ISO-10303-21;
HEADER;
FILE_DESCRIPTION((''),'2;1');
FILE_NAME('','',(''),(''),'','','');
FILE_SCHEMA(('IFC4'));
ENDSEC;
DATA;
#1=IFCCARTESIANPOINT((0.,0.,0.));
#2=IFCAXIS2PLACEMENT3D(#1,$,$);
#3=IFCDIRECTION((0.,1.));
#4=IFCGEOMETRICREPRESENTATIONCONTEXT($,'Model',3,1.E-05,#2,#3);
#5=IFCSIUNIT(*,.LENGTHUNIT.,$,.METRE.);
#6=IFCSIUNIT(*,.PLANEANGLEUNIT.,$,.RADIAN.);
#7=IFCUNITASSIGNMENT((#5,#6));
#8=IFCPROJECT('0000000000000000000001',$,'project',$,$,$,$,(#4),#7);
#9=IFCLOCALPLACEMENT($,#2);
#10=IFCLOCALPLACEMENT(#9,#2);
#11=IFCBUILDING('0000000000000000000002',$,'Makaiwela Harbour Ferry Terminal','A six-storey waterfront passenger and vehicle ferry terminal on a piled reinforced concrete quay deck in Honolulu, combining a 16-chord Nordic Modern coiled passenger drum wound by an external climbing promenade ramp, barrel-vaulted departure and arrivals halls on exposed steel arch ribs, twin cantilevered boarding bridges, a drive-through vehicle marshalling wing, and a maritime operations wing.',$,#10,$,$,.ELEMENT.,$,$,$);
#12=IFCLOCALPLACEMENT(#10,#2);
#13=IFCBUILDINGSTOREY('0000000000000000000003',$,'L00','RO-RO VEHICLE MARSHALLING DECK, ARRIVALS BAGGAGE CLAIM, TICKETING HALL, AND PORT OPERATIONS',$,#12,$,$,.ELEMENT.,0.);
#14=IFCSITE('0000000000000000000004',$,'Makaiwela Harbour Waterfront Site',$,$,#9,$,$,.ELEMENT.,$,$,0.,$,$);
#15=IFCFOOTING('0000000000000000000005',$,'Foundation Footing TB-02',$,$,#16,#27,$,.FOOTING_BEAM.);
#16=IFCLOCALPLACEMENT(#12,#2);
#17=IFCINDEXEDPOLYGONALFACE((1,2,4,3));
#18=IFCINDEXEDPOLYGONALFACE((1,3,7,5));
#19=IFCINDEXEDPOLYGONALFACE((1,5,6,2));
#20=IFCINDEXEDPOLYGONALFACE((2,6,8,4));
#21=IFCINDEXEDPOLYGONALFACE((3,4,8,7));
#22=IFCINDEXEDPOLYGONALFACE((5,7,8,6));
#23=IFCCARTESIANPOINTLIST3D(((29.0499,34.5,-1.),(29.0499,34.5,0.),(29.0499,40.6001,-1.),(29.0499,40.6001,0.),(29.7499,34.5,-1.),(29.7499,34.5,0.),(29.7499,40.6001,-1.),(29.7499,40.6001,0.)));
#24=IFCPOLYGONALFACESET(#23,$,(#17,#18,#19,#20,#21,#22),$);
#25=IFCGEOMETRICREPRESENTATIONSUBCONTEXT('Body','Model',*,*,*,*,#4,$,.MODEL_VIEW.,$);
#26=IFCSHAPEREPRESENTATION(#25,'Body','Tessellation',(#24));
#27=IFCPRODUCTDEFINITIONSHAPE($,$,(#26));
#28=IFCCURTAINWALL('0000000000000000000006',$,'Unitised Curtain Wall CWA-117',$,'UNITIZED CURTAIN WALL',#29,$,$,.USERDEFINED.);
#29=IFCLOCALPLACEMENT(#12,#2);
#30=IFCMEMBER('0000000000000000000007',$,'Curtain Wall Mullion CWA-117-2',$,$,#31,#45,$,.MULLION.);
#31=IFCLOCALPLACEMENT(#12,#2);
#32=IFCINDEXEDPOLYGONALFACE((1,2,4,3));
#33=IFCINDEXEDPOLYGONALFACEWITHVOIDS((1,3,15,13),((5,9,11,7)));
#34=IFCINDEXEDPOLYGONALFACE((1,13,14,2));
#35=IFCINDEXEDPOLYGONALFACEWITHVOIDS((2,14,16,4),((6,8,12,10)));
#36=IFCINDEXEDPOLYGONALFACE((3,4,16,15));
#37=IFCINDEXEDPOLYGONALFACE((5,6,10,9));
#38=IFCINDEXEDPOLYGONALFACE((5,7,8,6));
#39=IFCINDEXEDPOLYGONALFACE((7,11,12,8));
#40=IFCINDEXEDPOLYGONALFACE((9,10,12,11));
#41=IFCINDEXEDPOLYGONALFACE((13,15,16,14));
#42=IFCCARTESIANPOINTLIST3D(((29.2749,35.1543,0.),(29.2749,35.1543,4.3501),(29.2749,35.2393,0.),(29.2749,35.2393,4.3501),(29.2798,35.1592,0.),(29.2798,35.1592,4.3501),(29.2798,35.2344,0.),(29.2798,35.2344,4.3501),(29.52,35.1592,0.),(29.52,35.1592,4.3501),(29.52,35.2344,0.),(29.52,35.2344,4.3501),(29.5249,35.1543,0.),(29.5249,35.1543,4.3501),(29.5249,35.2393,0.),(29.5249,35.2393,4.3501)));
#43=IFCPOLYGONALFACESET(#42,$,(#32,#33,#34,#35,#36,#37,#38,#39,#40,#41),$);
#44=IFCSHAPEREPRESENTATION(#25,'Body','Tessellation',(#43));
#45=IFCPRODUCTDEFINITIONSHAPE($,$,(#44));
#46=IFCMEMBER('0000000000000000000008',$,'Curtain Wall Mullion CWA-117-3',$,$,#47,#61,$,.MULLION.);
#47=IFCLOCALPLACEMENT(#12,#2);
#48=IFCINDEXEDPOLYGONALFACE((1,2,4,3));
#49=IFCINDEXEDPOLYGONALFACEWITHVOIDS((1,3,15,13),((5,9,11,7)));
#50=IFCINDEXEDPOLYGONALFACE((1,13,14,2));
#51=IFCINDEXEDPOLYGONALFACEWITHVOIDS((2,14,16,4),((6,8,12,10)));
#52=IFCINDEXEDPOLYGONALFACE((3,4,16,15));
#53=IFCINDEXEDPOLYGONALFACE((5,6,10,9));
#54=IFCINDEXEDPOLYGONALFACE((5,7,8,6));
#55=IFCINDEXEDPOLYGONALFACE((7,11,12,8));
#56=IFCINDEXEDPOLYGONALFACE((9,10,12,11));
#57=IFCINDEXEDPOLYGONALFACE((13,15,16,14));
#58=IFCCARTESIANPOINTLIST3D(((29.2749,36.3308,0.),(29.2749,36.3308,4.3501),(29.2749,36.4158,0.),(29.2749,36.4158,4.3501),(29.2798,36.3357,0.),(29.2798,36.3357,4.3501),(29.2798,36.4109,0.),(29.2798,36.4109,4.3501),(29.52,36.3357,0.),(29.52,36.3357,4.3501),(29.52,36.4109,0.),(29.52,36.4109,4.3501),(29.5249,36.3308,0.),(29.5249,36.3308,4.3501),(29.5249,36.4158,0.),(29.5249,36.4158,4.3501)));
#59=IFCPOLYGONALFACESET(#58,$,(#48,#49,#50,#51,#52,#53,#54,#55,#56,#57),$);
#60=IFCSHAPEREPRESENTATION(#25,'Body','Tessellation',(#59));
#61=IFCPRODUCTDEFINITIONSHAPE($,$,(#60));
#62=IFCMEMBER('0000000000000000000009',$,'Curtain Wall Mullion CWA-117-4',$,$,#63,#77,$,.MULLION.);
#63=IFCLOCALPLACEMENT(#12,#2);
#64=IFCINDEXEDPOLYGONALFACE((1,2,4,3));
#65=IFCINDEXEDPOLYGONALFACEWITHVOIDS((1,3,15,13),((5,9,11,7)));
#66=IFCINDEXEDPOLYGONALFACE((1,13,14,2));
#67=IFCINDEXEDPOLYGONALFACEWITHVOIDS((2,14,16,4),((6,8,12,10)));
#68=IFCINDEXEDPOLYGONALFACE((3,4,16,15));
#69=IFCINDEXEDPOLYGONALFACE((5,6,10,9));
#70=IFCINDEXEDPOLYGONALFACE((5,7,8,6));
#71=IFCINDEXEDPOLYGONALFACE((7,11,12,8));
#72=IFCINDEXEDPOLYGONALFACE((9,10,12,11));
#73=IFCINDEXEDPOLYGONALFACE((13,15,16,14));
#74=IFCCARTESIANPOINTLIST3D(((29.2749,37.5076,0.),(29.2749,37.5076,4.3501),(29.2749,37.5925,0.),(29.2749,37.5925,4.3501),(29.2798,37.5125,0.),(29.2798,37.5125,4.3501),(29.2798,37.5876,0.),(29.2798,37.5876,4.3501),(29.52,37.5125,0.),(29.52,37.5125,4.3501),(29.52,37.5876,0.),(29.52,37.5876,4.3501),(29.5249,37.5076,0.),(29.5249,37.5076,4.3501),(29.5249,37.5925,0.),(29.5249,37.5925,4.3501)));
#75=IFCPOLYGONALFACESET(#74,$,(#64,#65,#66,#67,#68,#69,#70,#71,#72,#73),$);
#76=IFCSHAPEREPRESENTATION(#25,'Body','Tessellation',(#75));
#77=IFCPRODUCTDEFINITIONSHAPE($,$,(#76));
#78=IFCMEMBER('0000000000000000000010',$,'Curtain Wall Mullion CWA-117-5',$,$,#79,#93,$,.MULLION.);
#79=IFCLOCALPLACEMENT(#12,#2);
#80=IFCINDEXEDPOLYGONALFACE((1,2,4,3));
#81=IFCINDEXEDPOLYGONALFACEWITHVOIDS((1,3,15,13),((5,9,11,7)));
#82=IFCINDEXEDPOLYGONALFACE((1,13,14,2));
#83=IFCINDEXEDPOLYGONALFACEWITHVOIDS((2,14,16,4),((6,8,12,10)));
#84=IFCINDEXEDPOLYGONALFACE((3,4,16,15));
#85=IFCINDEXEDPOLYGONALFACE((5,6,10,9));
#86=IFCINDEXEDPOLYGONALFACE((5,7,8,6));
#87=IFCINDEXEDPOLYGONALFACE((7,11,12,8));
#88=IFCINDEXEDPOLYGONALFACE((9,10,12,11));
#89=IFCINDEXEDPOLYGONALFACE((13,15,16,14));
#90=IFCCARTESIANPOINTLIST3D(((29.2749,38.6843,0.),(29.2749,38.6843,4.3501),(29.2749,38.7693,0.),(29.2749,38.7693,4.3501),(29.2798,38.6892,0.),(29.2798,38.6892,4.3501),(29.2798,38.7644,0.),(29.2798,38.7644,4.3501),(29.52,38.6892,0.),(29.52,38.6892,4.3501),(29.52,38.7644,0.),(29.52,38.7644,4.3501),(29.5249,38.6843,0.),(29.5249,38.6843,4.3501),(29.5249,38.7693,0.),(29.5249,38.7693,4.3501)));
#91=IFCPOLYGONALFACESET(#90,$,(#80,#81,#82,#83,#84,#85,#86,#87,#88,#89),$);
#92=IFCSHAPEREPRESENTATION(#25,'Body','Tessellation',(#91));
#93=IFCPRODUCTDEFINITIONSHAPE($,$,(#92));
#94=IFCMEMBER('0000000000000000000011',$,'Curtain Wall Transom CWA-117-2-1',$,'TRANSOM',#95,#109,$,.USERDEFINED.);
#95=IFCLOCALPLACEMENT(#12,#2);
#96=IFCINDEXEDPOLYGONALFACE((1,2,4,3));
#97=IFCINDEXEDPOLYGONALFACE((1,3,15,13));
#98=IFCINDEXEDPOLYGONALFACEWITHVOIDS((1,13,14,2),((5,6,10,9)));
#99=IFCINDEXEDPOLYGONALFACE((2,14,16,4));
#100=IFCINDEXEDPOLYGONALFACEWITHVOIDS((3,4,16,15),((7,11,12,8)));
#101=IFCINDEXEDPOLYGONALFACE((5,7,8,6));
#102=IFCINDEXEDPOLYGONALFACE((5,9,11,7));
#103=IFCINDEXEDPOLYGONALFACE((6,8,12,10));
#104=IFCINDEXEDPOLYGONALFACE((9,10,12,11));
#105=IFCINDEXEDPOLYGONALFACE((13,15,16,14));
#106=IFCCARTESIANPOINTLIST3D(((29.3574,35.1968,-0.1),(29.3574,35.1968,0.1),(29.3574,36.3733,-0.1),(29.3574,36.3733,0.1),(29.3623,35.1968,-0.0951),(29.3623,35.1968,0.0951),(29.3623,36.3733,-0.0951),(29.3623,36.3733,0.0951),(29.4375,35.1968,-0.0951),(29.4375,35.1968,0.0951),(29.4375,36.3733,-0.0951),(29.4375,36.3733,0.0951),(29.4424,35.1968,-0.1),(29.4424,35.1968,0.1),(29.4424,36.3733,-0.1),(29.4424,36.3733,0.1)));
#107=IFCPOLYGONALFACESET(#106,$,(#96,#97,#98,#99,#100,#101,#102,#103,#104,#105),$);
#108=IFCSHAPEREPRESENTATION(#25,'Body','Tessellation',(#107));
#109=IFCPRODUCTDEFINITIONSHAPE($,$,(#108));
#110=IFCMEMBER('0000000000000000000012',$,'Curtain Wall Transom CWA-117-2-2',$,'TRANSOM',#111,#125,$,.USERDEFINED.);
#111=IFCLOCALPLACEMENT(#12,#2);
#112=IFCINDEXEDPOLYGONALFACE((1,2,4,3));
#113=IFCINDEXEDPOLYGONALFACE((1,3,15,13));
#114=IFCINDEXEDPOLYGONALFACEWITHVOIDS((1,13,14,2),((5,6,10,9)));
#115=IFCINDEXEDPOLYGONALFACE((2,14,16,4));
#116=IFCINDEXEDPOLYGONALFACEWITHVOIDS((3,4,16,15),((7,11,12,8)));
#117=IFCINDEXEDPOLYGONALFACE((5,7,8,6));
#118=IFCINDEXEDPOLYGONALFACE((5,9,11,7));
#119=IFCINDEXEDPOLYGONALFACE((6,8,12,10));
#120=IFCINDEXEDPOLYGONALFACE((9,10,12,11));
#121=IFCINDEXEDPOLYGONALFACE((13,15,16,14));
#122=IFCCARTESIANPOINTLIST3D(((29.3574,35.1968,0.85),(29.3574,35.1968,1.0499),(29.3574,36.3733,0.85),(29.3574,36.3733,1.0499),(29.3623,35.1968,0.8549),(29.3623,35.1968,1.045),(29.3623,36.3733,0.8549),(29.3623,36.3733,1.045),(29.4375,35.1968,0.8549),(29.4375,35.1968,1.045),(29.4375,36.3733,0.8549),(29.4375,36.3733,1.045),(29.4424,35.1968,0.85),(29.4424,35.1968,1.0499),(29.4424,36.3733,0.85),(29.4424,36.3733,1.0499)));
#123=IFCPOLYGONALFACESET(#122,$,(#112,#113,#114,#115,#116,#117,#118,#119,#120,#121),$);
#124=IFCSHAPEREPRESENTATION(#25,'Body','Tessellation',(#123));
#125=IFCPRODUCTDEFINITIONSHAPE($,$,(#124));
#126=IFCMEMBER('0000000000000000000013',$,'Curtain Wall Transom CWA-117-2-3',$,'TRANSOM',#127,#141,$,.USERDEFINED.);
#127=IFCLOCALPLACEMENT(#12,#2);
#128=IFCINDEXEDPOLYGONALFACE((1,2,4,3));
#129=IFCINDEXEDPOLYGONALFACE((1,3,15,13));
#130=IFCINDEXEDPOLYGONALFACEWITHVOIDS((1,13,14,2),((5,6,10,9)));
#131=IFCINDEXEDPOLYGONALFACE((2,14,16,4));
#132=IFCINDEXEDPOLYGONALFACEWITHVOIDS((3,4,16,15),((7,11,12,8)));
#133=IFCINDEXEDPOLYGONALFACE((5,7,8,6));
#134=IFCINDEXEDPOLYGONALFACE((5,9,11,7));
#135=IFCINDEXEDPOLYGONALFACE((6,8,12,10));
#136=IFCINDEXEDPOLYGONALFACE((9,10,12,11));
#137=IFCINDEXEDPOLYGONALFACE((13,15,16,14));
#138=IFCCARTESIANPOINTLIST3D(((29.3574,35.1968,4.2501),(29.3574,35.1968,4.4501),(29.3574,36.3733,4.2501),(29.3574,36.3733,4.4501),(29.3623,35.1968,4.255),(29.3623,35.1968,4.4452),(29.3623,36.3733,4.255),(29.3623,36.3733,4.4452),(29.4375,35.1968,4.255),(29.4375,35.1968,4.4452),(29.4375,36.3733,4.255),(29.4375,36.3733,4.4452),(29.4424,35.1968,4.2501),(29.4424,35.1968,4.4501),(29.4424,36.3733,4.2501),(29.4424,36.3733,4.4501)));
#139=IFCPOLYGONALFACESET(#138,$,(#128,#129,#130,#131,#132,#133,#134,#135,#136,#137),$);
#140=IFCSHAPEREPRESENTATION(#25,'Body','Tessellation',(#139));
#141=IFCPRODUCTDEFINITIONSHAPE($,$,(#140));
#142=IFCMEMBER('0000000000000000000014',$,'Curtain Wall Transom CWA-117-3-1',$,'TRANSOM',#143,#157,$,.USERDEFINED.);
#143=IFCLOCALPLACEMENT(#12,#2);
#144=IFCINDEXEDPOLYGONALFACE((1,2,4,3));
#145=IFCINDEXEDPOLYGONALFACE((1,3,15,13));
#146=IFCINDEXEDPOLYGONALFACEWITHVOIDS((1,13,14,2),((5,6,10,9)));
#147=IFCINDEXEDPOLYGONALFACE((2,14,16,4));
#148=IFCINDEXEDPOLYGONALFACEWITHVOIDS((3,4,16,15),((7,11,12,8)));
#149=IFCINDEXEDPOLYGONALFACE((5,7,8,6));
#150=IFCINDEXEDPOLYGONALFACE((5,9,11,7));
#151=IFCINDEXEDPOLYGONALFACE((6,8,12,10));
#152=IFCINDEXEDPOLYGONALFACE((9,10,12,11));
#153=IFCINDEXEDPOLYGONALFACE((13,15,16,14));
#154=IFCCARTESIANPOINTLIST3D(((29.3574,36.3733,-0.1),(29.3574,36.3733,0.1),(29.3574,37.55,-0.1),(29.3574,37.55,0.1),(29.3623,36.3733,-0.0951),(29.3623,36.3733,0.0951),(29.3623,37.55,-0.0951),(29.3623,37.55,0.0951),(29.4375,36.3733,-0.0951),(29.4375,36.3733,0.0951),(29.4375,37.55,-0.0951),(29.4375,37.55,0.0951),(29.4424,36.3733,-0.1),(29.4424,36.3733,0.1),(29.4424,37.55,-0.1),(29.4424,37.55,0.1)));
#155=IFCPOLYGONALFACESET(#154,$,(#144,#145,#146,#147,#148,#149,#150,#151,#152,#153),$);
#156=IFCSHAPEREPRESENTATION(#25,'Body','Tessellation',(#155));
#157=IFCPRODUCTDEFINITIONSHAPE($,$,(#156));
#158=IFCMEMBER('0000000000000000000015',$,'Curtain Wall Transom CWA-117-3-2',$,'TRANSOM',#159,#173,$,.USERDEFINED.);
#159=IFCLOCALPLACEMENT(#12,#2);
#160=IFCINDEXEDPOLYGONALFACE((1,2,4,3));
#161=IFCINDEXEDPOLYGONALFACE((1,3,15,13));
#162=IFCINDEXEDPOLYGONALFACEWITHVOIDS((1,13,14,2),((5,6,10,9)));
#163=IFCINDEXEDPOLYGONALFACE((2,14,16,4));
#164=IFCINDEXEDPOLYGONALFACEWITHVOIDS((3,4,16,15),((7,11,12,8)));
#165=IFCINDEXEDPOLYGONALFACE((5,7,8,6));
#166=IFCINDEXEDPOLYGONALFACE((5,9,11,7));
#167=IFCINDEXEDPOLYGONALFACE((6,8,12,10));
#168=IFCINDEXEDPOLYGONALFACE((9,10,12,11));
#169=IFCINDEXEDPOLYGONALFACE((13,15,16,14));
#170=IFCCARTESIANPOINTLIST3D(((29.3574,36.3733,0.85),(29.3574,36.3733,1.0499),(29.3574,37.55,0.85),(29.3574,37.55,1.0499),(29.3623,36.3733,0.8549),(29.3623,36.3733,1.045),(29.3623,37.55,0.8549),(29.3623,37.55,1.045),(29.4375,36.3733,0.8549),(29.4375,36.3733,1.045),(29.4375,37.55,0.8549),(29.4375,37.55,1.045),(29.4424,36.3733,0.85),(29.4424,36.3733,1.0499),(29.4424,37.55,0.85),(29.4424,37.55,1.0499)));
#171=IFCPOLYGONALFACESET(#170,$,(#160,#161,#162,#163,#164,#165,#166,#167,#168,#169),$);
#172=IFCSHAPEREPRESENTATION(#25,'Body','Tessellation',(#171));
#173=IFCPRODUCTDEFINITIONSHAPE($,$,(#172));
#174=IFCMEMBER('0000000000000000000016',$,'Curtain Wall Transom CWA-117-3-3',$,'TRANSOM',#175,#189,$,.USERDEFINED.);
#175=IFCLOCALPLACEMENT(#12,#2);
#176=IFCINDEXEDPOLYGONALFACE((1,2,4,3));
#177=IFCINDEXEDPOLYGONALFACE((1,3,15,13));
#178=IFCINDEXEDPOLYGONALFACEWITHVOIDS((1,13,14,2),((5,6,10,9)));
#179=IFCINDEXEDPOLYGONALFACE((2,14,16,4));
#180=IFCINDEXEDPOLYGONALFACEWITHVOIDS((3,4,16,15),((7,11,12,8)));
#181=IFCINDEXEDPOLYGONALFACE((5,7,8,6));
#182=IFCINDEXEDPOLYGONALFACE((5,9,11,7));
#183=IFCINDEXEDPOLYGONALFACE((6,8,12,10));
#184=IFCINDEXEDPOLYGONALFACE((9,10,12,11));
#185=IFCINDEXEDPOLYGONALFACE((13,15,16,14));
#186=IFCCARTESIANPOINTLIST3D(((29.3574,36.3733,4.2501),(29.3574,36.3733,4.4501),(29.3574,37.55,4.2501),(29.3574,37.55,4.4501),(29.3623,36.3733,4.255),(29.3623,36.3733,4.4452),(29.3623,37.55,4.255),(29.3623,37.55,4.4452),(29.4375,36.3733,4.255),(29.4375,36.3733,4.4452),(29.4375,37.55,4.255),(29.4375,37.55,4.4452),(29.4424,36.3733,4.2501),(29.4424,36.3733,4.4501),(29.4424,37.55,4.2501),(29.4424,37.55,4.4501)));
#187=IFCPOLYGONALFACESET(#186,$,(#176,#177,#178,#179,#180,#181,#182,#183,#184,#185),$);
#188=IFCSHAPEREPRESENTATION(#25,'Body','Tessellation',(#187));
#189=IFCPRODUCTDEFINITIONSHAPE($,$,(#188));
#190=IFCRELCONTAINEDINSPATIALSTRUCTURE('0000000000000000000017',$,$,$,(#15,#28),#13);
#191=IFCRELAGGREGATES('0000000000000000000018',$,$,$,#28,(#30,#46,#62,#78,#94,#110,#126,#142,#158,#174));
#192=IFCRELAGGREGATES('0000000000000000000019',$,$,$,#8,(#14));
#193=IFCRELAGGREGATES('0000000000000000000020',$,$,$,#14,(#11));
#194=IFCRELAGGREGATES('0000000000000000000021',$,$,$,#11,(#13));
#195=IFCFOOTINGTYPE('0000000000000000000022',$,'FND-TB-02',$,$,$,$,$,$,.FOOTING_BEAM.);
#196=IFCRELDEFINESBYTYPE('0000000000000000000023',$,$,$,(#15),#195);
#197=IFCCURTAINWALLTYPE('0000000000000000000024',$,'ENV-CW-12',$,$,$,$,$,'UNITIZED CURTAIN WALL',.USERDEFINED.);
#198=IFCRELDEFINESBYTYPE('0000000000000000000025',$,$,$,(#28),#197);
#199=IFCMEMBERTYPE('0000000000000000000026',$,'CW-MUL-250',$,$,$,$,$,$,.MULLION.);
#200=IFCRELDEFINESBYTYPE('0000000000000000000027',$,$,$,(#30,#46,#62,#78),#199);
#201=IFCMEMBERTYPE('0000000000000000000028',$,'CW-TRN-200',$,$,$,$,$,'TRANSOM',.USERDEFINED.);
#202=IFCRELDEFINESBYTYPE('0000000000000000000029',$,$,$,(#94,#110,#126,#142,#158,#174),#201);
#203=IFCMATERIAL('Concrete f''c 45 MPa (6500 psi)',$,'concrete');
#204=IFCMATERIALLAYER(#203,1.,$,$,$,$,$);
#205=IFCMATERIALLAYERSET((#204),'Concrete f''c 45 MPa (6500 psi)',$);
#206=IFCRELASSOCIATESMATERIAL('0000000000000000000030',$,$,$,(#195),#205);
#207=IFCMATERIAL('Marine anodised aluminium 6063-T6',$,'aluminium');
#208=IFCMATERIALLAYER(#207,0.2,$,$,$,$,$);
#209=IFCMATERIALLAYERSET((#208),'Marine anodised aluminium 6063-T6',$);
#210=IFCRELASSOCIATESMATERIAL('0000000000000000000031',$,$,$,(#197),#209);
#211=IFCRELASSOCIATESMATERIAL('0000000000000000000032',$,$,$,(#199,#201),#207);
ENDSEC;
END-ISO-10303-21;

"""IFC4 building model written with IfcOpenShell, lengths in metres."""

from ifc_helpers import new_model, si_unit, direction, frame, origin, origin_2d, place, context, subcontext, project, spatial, rectangle, hollow_rectangle, extrude, material, layer, layer_set, material_profile, profile_set, type_object, element, aggregate, save


model = new_model("IFC4")

# Units and contexts
model_context = context("Model", 3, precision=1e-05, world=origin(), true_north=direction((0.0, 1.0)))
body_context = subcontext(model_context, "Body", "Model", "MODEL_VIEW")
ifc_project = project(units=[si_unit("LENGTHUNIT", "METRE"), si_unit("PLANEANGLEUNIT", "RADIAN")], contexts=[model_context])

# Site, building, storey
site_placement = place(None, origin())
site = spatial("IfcSite", under=ifc_project, at=site_placement, Name="Makaiwela Harbour Waterfront Site", CompositionType="ELEMENT", RefElevation=0.0)
building_placement = place(site_placement, origin())
building = spatial("IfcBuilding", under=site, at=building_placement, Name="Makaiwela Harbour Ferry Terminal", Description="A six-storey waterfront passenger and vehicle ferry terminal on a piled reinforced concrete quay deck in Honolulu, combining a 16-chord Nordic Modern coiled passenger drum wound by an external climbing promenade ramp, barrel-vaulted departure and arrivals halls on exposed steel arch ribs, twin cantilevered boarding bridges, a drive-through vehicle marshalling wing, and a maritime operations wing.", CompositionType="ELEMENT")
storey_placement = place(building_placement, origin())
storey = spatial("IfcBuildingStorey", under=building, at=storey_placement, Name="L00", Description="RO-RO VEHICLE MARSHALLING DECK, ARRIVALS BAGGAGE CLAIM, TICKETING HALL, AND PORT OPERATIONS", CompositionType="ELEMENT", Elevation=0.0)

# Footing
ifc_material_1 = material(Name="Concrete f'c 45 MPa (6500 psi)", Category="concrete")
ifc_layer_1 = layer(ifc_material_1, 1.0)
ifc_layer_set_1 = layer_set([ifc_layer_1], Name="Concrete f'c 45 MPa (6500 psi)")
footing_type = type_object("IfcFootingType", Name="FND-TB-02", PredefinedType="FOOTING_BEAM", material=ifc_layer_set_1)
footing_placement = place(storey_placement, frame((29.3999, 37.55, -1.0), z_axis=(0.0, 0.0, 1.0), x_axis=(0.0, 1.0, 0.0)))
element("IfcFooting", 1, at=footing_placement, inside=storey, type_object=footing_type, Name="Foundation Footing TB-02", PredefinedType="FOOTING_BEAM", context=body_context, shape_type="SweptSolid", body=[
    extrude(rectangle(XDim=6.1001, YDim=0.7, at=origin_2d()), origin(), (0.0, 0.0, 1.0), 1.0),
])

# Curtain wall, members
ifc_material_2 = material(Name="Marine anodised aluminium 6063-T6", Category="aluminium")
ifc_layer_2 = layer(ifc_material_2, 0.2)
ifc_layer_set_2 = layer_set([ifc_layer_2], Name="Marine anodised aluminium 6063-T6")
curtain_wall_type = type_object("IfcCurtainWallType", Name="ENV-CW-12", ElementType="UNITIZED CURTAIN WALL", PredefinedType="USERDEFINED", material=ifc_layer_set_2)
curtain_wall_placement = place(storey_placement, origin())
curtain_wall = element("IfcCurtainWall", 2, at=curtain_wall_placement, inside=storey, type_object=curtain_wall_type, Name="Unitised Curtain Wall CWA-117", ObjectType="UNITIZED CURTAIN WALL", PredefinedType="USERDEFINED")
ifc_material_profile_1 = material_profile(ifc_material_2, hollow_rectangle(XDim=0.085, YDim=0.25, WallThickness=0.0049, at=origin_2d()), Name="CWM-250X85")
ifc_profile_set_1 = profile_set([ifc_material_profile_1], Name="Marine anodised aluminium 6063-T6")
member_type_1 = type_object("IfcMemberType", Name="CW-MUL-250", PredefinedType="MULLION", material=ifc_profile_set_1)
member_1_placement = place(storey_placement, frame((29.3999, 35.1968, 0.0), z_axis=(0.0, 0.0, 1.0), x_axis=(0.0, 1.0, 0.0)))
member_1 = element("IfcMember", 3, at=member_1_placement, type_object=member_type_1, Name="Curtain Wall Mullion CWA-117-2", PredefinedType="MULLION", context=body_context, shape_type="SweptSolid", body=[
    extrude(hollow_rectangle(XDim=0.085, YDim=0.25, WallThickness=0.0049, at=origin_2d()), origin(), (0.0, 0.0, 1.0), 4.3501),
])
member_2_placement = place(storey_placement, frame((29.3999, 36.3733, 0.0), z_axis=(0.0, 0.0, 1.0), x_axis=(0.0, 1.0, 0.0)))
member_2 = element("IfcMember", 4, at=member_2_placement, type_object=member_type_1, Name="Curtain Wall Mullion CWA-117-3", PredefinedType="MULLION", context=body_context, shape_type="SweptSolid", body=[
    extrude(hollow_rectangle(XDim=0.085, YDim=0.25, WallThickness=0.0049, at=origin_2d()), origin(), (0.0, 0.0, 1.0), 4.3501),
])
member_3_placement = place(storey_placement, frame((29.3999, 37.55, 0.0), z_axis=(0.0, 0.0, 1.0), x_axis=(0.0, 1.0, 0.0)))
member_3 = element("IfcMember", 5, at=member_3_placement, type_object=member_type_1, Name="Curtain Wall Mullion CWA-117-4", PredefinedType="MULLION", context=body_context, shape_type="SweptSolid", body=[
    extrude(hollow_rectangle(XDim=0.085, YDim=0.25, WallThickness=0.0049, at=origin_2d()), origin(), (0.0, 0.0, 1.0), 4.3501),
])
member_4_placement = place(storey_placement, frame((29.3999, 38.7268, 0.0), z_axis=(0.0, 0.0, 1.0), x_axis=(0.0, 1.0, 0.0)))
member_4 = element("IfcMember", 6, at=member_4_placement, type_object=member_type_1, Name="Curtain Wall Mullion CWA-117-5", PredefinedType="MULLION", context=body_context, shape_type="SweptSolid", body=[
    extrude(hollow_rectangle(XDim=0.085, YDim=0.25, WallThickness=0.0049, at=origin_2d()), origin(), (0.0, 0.0, 1.0), 4.3501),
])
ifc_material_profile_2 = material_profile(ifc_material_2, hollow_rectangle(XDim=0.085, YDim=0.2, WallThickness=0.0049, at=origin_2d()), Name="CWT-200X85")
ifc_profile_set_2 = profile_set([ifc_material_profile_2], Name="Marine anodised aluminium 6063-T6")
member_type_2 = type_object("IfcMemberType", Name="CW-TRN-200", ElementType="TRANSOM", PredefinedType="USERDEFINED", material=ifc_profile_set_2)
member_5_placement = place(storey_placement, frame((29.3999, 35.1968, 0.0), z_axis=(0.0, 1.0, 0.0), x_axis=(-1.0, 0.0, 0.0)))
member_5 = element("IfcMember", 7, at=member_5_placement, type_object=member_type_2, Name="Curtain Wall Transom CWA-117-2-1", ObjectType="TRANSOM", PredefinedType="USERDEFINED", context=body_context, shape_type="SweptSolid", body=[
    extrude(hollow_rectangle(XDim=0.085, YDim=0.2, WallThickness=0.0049, at=origin_2d()), origin(), (0.0, 0.0, 1.0), 1.1765),
])
member_6_placement = place(storey_placement, frame((29.3999, 35.1968, 0.95), z_axis=(0.0, 1.0, 0.0), x_axis=(-1.0, 0.0, 0.0)))
member_6 = element("IfcMember", 8, at=member_6_placement, type_object=member_type_2, Name="Curtain Wall Transom CWA-117-2-2", ObjectType="TRANSOM", PredefinedType="USERDEFINED", context=body_context, shape_type="SweptSolid", body=[
    extrude(hollow_rectangle(XDim=0.085, YDim=0.2, WallThickness=0.0049, at=origin_2d()), origin(), (0.0, 0.0, 1.0), 1.1765),
])
member_7_placement = place(storey_placement, frame((29.3999, 35.1968, 4.3501), z_axis=(0.0, 1.0, 0.0), x_axis=(-1.0, 0.0, 0.0)))
member_7 = element("IfcMember", 9, at=member_7_placement, type_object=member_type_2, Name="Curtain Wall Transom CWA-117-2-3", ObjectType="TRANSOM", PredefinedType="USERDEFINED", context=body_context, shape_type="SweptSolid", body=[
    extrude(hollow_rectangle(XDim=0.085, YDim=0.2, WallThickness=0.0049, at=origin_2d()), origin(), (0.0, 0.0, 1.0), 1.1765),
])
member_8_placement = place(storey_placement, frame((29.3999, 36.3733, 0.0), z_axis=(0.0, 1.0, 0.0), x_axis=(-1.0, 0.0, 0.0)))
member_8 = element("IfcMember", 10, at=member_8_placement, type_object=member_type_2, Name="Curtain Wall Transom CWA-117-3-1", ObjectType="TRANSOM", PredefinedType="USERDEFINED", context=body_context, shape_type="SweptSolid", body=[
    extrude(hollow_rectangle(XDim=0.085, YDim=0.2, WallThickness=0.0049, at=origin_2d()), origin(), (0.0, 0.0, 1.0), 1.1768),
])
member_9_placement = place(storey_placement, frame((29.3999, 36.3733, 0.95), z_axis=(0.0, 1.0, 0.0), x_axis=(-1.0, 0.0, 0.0)))
member_9 = element("IfcMember", 11, at=member_9_placement, type_object=member_type_2, Name="Curtain Wall Transom CWA-117-3-2", ObjectType="TRANSOM", PredefinedType="USERDEFINED", context=body_context, shape_type="SweptSolid", body=[
    extrude(hollow_rectangle(XDim=0.085, YDim=0.2, WallThickness=0.0049, at=origin_2d()), origin(), (0.0, 0.0, 1.0), 1.1768),
])
member_10_placement = place(storey_placement, frame((29.3999, 36.3733, 4.3501), z_axis=(0.0, 1.0, 0.0), x_axis=(-1.0, 0.0, 0.0)))
member_10 = element("IfcMember", 12, at=member_10_placement, type_object=member_type_2, Name="Curtain Wall Transom CWA-117-3-3", ObjectType="TRANSOM", PredefinedType="USERDEFINED", context=body_context, shape_type="SweptSolid", body=[
    extrude(hollow_rectangle(XDim=0.085, YDim=0.2, WallThickness=0.0049, at=origin_2d()), origin(), (0.0, 0.0, 1.0), 1.1768),
])
aggregate(curtain_wall, [member_1, member_2, member_3, member_4, member_5, member_6, member_7, member_8, member_9, member_10])

save(model, "model.ifc")
